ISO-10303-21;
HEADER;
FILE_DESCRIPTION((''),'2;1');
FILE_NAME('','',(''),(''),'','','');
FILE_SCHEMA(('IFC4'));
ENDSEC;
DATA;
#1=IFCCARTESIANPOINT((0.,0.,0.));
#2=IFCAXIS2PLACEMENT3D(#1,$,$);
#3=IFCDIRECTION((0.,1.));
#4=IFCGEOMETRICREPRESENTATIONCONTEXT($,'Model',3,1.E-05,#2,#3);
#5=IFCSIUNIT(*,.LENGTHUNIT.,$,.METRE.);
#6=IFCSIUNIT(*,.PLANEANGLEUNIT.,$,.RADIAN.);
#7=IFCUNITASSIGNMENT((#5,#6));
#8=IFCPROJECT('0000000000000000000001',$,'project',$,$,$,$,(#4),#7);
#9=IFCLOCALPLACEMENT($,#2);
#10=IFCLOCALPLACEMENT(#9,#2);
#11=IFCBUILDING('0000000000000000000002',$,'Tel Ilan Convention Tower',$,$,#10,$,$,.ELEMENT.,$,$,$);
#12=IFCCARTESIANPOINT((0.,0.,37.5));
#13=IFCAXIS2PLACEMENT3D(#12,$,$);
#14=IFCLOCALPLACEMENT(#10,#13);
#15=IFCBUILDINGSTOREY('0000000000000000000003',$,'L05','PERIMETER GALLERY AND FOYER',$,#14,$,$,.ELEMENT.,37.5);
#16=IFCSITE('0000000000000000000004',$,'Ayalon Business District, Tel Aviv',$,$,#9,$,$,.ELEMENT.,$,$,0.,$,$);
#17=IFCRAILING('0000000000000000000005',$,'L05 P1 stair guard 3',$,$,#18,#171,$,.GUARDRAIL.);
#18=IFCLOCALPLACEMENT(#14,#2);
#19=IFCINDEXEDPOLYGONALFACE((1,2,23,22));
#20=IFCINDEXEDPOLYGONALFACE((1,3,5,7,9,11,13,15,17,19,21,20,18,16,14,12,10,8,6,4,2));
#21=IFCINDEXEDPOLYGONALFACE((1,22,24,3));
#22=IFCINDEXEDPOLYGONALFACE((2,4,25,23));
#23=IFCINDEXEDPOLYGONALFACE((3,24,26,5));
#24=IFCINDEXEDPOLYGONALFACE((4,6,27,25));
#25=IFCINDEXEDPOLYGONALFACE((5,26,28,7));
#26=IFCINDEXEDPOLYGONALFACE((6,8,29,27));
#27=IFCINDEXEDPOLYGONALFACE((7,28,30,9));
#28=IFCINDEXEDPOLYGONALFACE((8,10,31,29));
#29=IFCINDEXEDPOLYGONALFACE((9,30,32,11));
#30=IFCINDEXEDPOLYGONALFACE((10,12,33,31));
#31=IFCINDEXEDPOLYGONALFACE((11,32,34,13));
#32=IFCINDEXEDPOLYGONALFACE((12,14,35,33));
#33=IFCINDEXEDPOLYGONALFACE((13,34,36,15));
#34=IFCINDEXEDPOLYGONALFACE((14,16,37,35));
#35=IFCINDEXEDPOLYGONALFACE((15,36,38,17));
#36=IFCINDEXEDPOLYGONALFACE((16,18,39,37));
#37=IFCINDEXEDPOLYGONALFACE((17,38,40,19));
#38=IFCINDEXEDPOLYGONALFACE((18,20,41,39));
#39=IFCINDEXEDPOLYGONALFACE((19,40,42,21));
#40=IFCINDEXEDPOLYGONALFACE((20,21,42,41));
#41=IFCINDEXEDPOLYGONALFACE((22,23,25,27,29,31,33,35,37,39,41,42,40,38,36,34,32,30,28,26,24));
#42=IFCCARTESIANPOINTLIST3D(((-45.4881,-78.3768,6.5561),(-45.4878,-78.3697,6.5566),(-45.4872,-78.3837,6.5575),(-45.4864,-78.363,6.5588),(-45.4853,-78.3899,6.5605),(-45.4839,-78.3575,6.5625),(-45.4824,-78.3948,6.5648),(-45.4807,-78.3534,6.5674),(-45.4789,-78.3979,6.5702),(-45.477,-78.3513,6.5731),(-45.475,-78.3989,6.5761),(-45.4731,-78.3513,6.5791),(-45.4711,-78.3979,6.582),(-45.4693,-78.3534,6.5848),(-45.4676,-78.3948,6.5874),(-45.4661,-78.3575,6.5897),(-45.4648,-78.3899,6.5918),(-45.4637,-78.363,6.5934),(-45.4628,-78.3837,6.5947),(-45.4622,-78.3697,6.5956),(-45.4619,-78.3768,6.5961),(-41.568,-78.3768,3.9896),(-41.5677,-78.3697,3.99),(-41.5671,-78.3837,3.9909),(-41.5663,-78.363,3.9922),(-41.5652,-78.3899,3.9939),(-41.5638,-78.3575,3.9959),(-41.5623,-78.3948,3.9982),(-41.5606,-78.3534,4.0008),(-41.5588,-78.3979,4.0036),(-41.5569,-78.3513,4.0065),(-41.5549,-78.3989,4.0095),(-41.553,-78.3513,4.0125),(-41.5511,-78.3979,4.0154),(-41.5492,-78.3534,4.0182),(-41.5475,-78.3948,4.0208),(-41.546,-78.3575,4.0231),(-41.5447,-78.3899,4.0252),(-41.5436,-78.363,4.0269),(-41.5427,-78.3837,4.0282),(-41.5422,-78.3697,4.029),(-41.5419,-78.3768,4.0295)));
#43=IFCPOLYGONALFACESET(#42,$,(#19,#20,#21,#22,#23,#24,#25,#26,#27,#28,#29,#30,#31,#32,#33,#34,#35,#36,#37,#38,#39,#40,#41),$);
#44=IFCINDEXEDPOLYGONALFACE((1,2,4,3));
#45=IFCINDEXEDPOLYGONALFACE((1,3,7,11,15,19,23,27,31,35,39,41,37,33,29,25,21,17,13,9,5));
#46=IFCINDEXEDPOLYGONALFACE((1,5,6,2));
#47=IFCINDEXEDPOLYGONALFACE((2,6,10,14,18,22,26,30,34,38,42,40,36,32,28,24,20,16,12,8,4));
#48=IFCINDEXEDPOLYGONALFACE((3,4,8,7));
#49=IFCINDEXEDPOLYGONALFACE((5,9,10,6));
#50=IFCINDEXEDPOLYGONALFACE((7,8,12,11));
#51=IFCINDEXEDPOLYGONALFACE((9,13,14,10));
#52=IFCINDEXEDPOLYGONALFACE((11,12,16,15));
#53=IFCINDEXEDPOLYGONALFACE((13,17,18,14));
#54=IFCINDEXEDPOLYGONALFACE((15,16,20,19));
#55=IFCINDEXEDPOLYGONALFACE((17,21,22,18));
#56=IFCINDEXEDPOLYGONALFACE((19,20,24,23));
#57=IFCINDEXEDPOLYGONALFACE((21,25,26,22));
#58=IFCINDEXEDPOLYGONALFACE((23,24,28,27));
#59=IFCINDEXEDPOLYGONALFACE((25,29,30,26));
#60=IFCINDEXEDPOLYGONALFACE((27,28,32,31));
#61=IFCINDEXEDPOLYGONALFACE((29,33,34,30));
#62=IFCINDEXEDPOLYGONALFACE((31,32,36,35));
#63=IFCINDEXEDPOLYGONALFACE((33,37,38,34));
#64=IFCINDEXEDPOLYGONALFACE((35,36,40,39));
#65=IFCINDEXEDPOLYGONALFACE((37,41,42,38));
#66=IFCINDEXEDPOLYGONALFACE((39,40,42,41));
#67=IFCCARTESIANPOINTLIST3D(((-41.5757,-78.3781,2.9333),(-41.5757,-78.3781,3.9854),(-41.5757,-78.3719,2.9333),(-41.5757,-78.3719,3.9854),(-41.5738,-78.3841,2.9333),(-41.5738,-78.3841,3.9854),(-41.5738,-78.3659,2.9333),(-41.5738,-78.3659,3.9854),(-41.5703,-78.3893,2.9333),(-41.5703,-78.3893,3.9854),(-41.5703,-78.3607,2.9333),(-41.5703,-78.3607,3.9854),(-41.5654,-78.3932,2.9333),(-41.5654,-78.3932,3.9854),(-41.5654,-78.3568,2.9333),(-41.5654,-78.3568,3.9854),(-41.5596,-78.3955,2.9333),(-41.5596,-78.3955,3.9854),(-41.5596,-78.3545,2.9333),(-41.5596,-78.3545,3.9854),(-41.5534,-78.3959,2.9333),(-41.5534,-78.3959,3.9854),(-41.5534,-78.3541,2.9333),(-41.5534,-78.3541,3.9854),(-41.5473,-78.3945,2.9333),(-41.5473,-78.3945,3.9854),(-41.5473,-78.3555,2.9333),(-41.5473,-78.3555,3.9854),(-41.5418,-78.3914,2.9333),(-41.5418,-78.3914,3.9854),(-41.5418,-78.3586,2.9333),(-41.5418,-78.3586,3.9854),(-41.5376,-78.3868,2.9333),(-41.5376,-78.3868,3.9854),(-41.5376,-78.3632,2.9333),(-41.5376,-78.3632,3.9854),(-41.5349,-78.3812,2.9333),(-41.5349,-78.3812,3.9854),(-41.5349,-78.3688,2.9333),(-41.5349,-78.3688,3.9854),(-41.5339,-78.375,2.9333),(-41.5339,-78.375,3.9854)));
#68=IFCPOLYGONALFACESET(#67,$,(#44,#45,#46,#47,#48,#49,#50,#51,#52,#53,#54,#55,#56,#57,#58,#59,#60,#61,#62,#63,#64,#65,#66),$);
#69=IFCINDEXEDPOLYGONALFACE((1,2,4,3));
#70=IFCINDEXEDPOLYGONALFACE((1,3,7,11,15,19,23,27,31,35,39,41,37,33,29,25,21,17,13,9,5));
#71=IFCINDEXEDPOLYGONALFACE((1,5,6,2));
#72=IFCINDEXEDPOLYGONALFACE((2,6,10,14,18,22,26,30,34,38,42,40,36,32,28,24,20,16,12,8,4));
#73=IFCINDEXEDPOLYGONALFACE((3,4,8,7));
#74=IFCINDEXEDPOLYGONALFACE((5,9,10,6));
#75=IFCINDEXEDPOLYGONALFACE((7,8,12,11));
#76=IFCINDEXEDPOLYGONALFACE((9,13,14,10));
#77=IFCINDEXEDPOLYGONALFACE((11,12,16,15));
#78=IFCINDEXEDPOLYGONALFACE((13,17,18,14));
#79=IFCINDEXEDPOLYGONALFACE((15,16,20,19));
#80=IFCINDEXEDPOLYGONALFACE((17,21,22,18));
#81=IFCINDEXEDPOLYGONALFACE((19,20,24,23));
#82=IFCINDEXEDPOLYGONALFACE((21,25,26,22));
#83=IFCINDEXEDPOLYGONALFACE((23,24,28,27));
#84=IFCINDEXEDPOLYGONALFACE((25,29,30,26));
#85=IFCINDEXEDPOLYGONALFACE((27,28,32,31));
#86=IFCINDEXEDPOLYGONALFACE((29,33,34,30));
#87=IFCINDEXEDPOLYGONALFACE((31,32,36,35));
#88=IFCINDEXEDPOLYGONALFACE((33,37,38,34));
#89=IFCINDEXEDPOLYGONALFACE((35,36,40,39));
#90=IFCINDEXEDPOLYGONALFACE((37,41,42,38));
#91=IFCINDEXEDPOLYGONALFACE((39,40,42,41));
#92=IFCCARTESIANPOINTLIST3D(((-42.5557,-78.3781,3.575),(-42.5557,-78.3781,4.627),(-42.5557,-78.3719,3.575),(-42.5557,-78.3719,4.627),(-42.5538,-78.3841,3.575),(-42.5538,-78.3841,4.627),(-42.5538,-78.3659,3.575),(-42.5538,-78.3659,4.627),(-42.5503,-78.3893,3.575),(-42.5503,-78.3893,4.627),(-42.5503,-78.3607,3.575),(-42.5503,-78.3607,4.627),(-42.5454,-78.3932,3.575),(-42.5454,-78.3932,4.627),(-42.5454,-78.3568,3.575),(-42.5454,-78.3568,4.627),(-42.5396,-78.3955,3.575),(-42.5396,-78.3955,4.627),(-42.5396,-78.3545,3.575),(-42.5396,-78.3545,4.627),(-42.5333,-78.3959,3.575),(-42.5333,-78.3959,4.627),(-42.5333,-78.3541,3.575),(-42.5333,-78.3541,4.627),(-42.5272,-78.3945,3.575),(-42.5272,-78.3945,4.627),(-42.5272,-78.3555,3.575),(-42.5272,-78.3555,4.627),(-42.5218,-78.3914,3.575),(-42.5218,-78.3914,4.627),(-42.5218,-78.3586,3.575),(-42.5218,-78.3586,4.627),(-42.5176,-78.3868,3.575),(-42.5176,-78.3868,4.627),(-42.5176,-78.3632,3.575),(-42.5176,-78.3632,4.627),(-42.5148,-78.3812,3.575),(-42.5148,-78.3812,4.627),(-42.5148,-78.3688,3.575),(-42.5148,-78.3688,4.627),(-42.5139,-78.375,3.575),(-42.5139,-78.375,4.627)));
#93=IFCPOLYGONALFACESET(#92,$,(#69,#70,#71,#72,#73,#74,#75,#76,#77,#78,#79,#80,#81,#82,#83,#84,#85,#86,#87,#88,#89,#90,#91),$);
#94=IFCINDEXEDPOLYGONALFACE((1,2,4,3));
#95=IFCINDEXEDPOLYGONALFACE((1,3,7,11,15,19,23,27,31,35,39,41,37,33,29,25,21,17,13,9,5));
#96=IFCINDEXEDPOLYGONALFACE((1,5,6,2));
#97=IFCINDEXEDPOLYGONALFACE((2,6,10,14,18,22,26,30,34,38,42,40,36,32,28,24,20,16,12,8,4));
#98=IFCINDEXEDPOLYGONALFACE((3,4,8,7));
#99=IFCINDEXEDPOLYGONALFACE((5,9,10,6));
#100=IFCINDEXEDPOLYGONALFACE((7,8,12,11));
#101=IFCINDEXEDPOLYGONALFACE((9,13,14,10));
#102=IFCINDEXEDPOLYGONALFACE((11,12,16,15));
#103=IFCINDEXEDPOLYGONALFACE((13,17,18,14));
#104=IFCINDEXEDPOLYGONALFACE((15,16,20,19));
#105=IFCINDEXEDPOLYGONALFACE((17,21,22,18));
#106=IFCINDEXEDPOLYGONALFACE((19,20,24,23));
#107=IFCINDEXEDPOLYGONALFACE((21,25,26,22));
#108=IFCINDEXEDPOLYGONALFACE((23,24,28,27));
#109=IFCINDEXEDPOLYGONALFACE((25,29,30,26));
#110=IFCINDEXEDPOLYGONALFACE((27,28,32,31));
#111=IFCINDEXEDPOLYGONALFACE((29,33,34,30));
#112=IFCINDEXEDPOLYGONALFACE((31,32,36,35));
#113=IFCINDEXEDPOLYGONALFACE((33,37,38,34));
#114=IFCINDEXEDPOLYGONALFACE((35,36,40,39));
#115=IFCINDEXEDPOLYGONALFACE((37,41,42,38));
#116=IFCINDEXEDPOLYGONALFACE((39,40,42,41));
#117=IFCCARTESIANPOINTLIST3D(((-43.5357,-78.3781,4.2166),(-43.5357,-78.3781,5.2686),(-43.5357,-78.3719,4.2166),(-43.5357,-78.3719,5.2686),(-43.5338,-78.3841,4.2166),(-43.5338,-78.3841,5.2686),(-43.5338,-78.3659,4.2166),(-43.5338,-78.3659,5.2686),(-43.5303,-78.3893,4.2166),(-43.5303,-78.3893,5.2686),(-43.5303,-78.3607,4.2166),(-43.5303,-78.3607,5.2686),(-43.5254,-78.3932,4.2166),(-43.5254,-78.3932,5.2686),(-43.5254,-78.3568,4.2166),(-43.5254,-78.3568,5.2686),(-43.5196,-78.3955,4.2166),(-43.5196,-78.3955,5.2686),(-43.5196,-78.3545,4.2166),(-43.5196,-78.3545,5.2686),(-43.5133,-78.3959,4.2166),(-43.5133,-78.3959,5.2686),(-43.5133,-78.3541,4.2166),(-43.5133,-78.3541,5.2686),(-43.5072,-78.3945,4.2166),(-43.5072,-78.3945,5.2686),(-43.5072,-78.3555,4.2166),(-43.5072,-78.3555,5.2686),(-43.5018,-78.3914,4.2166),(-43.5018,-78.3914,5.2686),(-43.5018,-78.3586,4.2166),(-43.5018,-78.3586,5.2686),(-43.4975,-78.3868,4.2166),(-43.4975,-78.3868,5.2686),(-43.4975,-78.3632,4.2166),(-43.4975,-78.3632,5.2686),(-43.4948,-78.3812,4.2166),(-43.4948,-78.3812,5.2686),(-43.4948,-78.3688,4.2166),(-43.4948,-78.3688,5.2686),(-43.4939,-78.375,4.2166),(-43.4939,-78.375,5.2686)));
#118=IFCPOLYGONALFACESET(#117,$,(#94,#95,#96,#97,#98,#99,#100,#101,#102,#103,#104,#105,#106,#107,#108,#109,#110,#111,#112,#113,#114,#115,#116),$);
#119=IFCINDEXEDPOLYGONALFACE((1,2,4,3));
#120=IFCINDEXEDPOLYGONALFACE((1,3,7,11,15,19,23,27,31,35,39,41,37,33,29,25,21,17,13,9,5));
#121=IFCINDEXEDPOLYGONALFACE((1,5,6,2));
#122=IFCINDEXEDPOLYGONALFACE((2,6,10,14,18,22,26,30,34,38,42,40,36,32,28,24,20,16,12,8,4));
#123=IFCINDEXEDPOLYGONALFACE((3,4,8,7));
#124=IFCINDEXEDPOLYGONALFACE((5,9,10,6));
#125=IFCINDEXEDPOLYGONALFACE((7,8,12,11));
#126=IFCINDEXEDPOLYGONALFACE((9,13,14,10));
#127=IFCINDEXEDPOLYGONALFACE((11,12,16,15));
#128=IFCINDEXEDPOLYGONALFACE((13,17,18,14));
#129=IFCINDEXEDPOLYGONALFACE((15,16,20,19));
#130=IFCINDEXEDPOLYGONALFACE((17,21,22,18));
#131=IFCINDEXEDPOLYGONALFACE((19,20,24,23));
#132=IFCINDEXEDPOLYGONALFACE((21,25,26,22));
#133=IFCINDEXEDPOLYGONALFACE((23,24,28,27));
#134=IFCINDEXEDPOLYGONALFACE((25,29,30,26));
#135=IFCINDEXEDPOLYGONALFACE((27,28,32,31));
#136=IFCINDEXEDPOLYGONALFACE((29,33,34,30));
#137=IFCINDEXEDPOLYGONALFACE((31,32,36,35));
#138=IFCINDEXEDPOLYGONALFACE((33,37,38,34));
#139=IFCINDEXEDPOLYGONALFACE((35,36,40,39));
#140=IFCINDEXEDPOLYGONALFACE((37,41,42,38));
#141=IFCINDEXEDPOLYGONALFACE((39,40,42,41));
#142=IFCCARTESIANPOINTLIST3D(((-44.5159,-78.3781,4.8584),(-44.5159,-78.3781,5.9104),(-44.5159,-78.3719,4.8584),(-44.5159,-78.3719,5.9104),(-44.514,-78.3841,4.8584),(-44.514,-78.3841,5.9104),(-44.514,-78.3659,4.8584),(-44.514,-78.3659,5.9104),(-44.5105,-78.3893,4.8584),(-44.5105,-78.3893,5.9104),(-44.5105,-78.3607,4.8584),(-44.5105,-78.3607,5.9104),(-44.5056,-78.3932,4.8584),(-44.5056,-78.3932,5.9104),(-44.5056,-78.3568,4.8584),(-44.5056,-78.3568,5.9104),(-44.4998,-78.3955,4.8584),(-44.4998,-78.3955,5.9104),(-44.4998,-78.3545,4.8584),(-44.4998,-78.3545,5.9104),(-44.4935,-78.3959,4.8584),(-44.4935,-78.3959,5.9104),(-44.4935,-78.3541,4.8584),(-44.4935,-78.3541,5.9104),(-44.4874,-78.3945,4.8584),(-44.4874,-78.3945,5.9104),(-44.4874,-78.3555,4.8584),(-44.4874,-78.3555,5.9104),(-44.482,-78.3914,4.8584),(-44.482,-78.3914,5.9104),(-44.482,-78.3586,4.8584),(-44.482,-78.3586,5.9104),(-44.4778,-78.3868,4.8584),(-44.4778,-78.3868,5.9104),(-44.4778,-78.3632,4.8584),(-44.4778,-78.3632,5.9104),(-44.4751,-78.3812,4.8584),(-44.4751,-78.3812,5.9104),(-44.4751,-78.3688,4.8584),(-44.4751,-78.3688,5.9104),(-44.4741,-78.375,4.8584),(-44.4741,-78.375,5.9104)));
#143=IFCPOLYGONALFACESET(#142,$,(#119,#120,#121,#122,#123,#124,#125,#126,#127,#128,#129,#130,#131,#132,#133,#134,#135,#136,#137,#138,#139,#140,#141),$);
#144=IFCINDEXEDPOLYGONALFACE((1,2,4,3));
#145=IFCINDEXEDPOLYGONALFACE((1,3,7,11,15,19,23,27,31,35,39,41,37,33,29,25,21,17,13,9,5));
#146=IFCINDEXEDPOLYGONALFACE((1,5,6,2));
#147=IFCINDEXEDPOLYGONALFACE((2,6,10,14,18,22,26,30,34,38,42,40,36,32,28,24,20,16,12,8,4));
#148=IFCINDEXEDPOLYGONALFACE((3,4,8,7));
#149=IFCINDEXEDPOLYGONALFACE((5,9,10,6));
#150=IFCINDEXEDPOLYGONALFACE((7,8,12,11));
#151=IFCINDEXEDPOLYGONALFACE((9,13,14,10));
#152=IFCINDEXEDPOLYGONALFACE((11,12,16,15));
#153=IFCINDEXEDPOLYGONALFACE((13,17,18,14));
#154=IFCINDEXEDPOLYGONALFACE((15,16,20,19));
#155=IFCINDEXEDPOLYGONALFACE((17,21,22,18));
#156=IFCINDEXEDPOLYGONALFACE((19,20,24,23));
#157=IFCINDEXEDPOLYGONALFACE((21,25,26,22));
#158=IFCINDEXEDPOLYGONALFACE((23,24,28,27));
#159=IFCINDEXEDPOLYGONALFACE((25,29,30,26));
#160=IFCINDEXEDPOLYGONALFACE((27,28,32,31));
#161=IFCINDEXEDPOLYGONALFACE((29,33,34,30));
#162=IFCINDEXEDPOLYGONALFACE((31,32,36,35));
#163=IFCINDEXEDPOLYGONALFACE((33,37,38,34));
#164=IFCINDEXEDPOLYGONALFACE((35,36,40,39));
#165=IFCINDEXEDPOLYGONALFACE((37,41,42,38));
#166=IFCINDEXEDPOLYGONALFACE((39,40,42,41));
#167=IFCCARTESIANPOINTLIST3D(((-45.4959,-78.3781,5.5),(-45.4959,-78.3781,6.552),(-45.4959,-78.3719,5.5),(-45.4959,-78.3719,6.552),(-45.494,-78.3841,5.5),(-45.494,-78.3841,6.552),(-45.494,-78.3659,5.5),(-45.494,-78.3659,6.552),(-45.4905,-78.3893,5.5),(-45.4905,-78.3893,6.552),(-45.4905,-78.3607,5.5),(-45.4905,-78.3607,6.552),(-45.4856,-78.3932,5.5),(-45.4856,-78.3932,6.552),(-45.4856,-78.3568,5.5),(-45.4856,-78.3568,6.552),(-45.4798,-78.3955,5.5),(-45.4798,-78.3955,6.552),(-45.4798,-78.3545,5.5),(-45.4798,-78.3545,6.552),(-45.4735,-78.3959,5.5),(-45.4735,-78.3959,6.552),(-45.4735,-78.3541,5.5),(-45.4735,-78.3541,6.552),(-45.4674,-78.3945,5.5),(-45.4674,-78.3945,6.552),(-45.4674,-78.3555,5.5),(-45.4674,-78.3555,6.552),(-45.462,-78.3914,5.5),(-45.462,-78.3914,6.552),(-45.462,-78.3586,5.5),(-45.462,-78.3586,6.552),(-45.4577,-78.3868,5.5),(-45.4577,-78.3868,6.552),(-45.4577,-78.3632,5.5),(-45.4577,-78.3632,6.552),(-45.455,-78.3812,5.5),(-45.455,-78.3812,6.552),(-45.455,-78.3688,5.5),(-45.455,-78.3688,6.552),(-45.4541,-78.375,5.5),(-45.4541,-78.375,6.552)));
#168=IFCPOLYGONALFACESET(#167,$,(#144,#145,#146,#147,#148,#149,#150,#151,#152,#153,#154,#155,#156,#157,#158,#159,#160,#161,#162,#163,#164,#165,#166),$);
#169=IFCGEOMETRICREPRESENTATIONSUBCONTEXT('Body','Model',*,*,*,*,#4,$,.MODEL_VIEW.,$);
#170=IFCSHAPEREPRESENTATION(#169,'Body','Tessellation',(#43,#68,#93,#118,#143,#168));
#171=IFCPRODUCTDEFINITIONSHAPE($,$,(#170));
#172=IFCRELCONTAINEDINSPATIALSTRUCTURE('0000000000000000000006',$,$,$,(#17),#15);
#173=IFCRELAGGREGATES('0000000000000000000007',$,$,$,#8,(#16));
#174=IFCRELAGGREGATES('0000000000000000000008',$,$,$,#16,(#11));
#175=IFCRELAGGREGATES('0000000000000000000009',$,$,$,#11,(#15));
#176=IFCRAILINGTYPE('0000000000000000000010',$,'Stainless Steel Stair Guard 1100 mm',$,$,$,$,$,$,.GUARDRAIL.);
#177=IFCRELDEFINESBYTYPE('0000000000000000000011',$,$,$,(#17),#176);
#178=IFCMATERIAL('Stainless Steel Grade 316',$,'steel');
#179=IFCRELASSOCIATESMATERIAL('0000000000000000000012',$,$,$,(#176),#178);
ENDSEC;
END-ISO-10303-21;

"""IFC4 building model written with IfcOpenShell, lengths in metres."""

from ifc_helpers import new_model, si_unit, direction, frame, origin, origin_2d, place, context, subcontext, project, spatial, circle, extrude, material, type_object, element, save


model = new_model("IFC4")

# Units and contexts
model_context = context("Model", 3, precision=1e-05, world=origin(), true_north=direction((0.0, 1.0)))
body_context = subcontext(model_context, "Body", "Model", "MODEL_VIEW")
ifc_project = project(units=[si_unit("LENGTHUNIT", "METRE"), si_unit("PLANEANGLEUNIT", "RADIAN")], contexts=[model_context])

# Site, building, storey
site_placement = place(None, origin())
site = spatial("IfcSite", under=ifc_project, at=site_placement, Name="Ayalon Business District, Tel Aviv", CompositionType="ELEMENT", RefElevation=0.0)
building_placement = place(site_placement, origin())
building = spatial("IfcBuilding", under=site, at=building_placement, Name="Tel Ilan Convention Tower", CompositionType="ELEMENT")
storey_placement = place(building_placement, frame((0.0, 0.0, 37.5)))
storey = spatial("IfcBuildingStorey", under=building, at=storey_placement, Name="L05", Description="PERIMETER GALLERY AND FOYER", CompositionType="ELEMENT", Elevation=37.5)

# Railing
ifc_material_1 = material(Name="Stainless Steel Grade 316", Category="steel")
railing_type = type_object("IfcRailingType", Name="Stainless Steel Stair Guard 1100 mm", PredefinedType="GUARDRAIL", material=ifc_material_1)
railing_1_placement = place(storey_placement, frame((-41.5549, -78.375, 2.9333)))
element("IfcRailing", 1, at=railing_1_placement, inside=storey, type_object=railing_type, Name="L05 P1 stair guard 3", PredefinedType="GUARDRAIL", context=body_context, shape_type="SweptSolid", body=[
    extrude(circle(Radius=0.0239, at=origin_2d()), frame((0.0, 0.0, 1.0762), z_axis=(-0.836631, 0.0, 0.547767), x_axis=(0.0, -1.0, 0.0)), (0.0, 0.0, 1.0), 4.6855),
    extrude(circle(Radius=0.021, at=origin_2d()), origin(), (0.0, 0.0, 1.0), 1.052),
    extrude(circle(Radius=0.021, at=origin_2d()), frame((-0.98, 0.0, 0.6416)), (0.0, 0.0, 1.0), 1.052),
    extrude(circle(Radius=0.021, at=origin_2d()), frame((-1.96, 0.0, 1.2832)), (0.0, 0.0, 1.0), 1.052),
    extrude(circle(Radius=0.021, at=origin_2d()), frame((-2.9402, 0.0, 1.925)), (0.0, 0.0, 1.0), 1.052),
    extrude(circle(Radius=0.021, at=origin_2d()), frame((-3.9202, 0.0, 2.5667)), (0.0, 0.0, 1.0), 1.052),
])

save(model, "model.ifc")
